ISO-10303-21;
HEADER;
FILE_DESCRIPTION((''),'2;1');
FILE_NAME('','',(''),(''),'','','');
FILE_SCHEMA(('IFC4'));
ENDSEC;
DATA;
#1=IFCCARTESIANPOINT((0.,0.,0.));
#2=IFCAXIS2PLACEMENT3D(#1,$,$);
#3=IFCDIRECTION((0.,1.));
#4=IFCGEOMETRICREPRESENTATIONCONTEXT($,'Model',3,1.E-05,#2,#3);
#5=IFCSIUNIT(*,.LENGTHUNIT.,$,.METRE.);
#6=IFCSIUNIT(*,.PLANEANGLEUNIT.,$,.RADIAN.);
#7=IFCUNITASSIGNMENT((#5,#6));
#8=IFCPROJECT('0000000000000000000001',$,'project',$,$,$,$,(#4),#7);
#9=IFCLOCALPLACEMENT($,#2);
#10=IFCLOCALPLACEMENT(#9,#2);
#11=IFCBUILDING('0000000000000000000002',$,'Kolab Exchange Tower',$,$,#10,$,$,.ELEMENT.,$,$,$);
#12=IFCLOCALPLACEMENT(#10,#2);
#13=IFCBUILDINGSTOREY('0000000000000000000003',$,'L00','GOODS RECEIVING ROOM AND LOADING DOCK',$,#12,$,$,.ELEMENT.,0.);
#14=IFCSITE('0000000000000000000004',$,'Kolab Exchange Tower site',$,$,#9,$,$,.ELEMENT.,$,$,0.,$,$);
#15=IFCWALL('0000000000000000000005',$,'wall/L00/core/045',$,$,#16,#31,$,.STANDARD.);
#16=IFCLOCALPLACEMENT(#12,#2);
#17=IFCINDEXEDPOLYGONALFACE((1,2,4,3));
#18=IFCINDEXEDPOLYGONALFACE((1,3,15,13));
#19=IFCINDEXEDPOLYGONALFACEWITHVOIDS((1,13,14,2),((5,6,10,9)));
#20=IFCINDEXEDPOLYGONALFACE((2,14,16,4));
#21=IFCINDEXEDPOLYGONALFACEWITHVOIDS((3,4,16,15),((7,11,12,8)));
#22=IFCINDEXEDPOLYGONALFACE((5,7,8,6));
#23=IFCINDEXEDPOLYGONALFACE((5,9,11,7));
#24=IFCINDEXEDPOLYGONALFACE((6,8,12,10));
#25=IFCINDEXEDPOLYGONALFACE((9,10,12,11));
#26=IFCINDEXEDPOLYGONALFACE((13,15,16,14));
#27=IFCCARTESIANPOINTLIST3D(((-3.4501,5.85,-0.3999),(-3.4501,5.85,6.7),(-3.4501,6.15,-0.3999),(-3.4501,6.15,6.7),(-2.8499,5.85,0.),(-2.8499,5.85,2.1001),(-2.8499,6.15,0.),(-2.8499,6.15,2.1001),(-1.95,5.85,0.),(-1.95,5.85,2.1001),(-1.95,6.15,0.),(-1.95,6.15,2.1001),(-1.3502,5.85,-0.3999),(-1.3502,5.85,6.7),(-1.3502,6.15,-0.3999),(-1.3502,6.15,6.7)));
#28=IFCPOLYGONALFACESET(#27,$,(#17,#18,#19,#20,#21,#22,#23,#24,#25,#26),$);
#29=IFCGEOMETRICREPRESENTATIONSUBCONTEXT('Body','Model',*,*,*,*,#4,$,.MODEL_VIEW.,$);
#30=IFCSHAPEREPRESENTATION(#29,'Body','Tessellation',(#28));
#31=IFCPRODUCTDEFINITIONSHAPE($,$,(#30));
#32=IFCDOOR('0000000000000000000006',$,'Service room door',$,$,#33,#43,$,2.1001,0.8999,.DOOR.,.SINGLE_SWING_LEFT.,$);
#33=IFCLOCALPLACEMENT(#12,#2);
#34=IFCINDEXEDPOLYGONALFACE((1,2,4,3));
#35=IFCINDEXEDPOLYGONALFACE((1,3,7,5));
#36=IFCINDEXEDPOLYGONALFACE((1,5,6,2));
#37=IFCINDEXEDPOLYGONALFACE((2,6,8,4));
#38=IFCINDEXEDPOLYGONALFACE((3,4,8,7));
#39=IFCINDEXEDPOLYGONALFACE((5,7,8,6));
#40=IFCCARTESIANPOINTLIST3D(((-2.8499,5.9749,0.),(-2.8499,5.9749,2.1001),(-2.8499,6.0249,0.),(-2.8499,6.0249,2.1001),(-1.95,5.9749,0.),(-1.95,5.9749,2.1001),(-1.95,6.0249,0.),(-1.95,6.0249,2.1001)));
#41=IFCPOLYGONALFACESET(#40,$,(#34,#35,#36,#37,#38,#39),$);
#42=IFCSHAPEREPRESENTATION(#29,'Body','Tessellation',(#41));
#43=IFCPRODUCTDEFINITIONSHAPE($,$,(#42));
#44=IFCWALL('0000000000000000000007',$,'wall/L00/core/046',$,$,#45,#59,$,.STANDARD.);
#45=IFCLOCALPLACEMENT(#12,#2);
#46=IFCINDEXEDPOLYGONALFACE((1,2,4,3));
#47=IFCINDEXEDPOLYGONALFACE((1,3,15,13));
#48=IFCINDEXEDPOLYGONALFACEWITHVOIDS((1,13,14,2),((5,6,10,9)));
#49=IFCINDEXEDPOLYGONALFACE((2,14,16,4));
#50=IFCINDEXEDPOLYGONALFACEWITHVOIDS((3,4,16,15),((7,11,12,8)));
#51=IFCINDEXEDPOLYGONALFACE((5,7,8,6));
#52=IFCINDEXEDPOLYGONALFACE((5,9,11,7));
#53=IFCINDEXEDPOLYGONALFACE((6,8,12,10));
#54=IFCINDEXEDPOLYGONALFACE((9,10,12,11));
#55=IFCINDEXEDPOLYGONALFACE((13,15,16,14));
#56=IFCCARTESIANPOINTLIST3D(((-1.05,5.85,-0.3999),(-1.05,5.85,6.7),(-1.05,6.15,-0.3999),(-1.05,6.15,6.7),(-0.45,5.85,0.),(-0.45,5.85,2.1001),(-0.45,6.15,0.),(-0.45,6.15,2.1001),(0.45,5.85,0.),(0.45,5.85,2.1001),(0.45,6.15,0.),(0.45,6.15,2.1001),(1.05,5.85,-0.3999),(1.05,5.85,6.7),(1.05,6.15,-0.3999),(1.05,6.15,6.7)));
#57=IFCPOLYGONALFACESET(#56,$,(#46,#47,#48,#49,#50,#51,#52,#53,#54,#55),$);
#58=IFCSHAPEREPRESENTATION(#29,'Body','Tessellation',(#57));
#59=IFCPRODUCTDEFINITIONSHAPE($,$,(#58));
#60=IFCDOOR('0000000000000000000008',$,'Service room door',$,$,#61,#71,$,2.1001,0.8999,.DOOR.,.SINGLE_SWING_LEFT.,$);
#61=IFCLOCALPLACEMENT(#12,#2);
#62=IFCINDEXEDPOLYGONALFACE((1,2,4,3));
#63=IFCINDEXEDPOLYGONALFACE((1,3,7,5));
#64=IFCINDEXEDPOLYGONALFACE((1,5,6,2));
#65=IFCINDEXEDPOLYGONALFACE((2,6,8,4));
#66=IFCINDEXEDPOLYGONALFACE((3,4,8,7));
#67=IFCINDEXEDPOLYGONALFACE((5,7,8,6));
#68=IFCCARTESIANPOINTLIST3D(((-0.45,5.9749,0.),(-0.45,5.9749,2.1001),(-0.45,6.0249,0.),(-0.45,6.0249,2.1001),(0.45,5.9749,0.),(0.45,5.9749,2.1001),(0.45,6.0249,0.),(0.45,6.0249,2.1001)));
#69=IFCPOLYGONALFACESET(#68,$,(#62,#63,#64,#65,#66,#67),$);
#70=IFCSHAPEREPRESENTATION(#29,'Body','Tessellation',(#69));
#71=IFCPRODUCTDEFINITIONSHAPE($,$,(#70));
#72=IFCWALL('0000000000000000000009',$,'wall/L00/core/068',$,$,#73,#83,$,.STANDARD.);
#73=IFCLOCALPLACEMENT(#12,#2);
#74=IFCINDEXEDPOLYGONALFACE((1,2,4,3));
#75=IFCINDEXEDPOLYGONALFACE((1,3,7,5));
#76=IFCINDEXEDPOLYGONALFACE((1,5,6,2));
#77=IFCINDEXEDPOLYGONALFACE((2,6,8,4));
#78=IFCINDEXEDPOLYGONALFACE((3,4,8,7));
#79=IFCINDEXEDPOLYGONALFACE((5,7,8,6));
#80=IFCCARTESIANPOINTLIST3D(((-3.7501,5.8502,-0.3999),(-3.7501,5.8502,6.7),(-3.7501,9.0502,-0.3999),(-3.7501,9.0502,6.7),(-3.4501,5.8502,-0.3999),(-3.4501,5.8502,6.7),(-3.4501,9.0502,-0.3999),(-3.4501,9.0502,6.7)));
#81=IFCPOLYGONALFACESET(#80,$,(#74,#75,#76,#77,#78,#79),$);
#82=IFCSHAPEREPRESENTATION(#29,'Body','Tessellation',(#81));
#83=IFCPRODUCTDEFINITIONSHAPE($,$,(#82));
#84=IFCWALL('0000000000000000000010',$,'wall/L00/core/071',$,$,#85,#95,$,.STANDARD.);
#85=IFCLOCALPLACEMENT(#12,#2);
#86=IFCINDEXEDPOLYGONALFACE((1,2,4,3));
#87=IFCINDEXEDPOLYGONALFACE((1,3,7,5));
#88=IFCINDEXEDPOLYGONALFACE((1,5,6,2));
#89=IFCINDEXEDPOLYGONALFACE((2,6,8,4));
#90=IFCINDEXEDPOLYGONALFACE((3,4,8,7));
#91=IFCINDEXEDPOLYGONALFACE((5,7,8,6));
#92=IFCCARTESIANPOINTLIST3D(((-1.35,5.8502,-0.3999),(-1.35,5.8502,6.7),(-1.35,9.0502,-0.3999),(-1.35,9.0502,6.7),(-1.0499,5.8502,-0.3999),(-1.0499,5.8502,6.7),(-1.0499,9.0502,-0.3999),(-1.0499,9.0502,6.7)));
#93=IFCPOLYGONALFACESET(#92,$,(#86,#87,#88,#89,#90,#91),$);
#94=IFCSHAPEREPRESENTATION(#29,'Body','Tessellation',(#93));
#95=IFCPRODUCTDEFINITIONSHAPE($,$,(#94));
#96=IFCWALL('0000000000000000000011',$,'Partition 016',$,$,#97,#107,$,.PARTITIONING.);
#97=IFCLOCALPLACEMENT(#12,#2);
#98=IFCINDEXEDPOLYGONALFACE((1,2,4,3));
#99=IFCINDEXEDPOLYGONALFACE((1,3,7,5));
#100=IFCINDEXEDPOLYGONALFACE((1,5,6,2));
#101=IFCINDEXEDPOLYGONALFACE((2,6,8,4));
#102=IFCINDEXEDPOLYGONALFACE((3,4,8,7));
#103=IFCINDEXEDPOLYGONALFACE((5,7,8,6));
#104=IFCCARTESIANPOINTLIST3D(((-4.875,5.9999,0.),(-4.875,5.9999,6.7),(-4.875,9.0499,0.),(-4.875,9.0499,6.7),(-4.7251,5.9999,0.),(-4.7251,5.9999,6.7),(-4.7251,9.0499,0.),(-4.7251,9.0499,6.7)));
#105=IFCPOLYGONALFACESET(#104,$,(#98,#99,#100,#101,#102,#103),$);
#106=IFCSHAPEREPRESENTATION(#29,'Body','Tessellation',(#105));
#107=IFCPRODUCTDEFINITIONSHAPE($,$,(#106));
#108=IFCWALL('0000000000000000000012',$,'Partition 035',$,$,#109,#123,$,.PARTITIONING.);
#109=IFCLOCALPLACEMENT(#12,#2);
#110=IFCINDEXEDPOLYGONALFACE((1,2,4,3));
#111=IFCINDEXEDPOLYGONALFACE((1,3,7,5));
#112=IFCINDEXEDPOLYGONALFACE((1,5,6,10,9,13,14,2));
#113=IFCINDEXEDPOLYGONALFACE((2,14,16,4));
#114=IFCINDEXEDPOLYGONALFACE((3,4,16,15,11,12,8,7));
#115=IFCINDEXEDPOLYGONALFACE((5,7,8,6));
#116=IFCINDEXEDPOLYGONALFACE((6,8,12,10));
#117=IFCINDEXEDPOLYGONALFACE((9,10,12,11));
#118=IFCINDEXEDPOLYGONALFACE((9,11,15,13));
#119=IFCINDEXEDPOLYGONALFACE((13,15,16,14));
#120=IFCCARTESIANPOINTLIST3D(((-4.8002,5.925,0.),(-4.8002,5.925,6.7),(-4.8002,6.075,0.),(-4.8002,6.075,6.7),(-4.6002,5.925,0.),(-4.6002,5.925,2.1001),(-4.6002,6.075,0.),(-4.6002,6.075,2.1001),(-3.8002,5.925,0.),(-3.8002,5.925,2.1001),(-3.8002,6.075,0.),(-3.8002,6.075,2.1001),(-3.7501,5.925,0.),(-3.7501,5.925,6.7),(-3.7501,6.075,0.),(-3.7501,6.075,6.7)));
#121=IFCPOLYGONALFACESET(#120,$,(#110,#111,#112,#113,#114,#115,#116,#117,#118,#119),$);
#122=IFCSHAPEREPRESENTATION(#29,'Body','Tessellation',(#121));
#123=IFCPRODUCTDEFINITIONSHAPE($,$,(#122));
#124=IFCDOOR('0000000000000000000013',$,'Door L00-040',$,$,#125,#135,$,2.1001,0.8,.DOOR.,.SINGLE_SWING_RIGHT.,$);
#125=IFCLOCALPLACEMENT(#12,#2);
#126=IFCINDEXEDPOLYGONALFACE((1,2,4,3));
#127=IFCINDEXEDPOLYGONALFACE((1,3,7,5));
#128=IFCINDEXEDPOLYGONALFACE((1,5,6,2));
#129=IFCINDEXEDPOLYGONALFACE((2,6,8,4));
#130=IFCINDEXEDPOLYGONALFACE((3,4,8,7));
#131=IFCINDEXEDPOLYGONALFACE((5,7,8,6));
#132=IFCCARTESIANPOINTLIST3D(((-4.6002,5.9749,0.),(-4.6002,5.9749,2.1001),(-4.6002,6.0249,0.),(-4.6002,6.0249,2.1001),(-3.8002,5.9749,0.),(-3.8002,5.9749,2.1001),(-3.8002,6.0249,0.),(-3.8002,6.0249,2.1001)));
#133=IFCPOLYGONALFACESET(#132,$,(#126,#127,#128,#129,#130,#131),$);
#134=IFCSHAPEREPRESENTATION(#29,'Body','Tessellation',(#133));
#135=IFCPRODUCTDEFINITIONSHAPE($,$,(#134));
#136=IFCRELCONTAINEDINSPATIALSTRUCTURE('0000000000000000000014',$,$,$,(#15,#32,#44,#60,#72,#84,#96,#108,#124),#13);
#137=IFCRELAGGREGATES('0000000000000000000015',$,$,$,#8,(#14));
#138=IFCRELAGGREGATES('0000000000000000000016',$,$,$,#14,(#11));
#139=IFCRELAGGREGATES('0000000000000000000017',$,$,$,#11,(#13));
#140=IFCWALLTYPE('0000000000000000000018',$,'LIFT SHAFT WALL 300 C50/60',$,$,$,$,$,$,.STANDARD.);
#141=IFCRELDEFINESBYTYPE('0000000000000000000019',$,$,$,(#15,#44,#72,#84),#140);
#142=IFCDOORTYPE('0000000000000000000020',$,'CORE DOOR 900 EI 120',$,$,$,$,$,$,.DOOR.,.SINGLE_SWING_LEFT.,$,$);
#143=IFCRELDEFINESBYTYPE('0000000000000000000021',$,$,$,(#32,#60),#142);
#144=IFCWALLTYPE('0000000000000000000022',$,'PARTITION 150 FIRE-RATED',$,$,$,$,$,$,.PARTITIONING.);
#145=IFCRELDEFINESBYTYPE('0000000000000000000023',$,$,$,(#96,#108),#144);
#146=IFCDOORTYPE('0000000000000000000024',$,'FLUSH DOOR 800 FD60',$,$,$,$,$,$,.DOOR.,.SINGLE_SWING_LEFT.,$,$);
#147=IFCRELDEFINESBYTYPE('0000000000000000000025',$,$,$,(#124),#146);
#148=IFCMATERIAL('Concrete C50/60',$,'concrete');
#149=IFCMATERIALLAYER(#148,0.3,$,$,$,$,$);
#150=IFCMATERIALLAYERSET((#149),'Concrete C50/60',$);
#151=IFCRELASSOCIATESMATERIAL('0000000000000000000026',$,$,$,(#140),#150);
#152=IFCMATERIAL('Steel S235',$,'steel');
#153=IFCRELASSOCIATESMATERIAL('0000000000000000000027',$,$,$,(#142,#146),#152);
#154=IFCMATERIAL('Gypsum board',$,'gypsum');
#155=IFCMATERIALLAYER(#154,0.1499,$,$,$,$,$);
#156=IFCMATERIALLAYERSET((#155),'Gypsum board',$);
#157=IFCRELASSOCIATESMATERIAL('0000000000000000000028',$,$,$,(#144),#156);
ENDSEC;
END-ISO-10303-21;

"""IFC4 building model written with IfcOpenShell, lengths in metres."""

from ifc_helpers import new_model, si_unit, direction, frame, frame_2d, origin, place, context, subcontext, project, spatial, rectangle, extrude, material, layer, layer_set, type_object, element, fill, save


model = new_model("IFC4")

# Units and contexts
model_context = context("Model", 3, precision=1e-05, world=origin(), true_north=direction((0.0, 1.0)))
body_context = subcontext(model_context, "Body", "Model", "MODEL_VIEW")
ifc_project = project(units=[si_unit("LENGTHUNIT", "METRE"), si_unit("PLANEANGLEUNIT", "RADIAN")], contexts=[model_context])

# Site, building, storey
site_placement = place(None, origin())
site = spatial("IfcSite", under=ifc_project, at=site_placement, Name="Kolab Exchange Tower site", CompositionType="ELEMENT", RefElevation=0.0)
building_placement = place(site_placement, origin())
building = spatial("IfcBuilding", under=site, at=building_placement, Name="Kolab Exchange Tower", CompositionType="ELEMENT")
storey_placement = place(building_placement, origin())
storey = spatial("IfcBuildingStorey", under=building, at=storey_placement, Name="L00", Description="GOODS RECEIVING ROOM AND LOADING DOCK", CompositionType="ELEMENT", Elevation=0.0)

# Shared definitions
ifc_material_1 = material(Name="Concrete C50/60", Category="concrete")
ifc_layer_1 = layer(ifc_material_1, 0.3)
ifc_layer_set_1 = layer_set([ifc_layer_1], Name="Concrete C50/60")
wall_type_1 = type_object("IfcWallType", Name="LIFT SHAFT WALL 300 C50/60", PredefinedType="STANDARD", material=ifc_layer_set_1)

# Walls, openings, doors
wall_1_placement = place(storey_placement, frame((-3.45, 6.0, -0.3999), z_axis=(0.0, 0.0, 1.0), x_axis=(1.0, 0.0, 0.0)))
wall_1 = element("IfcWall", 1, at=wall_1_placement, inside=storey, type_object=wall_type_1, Name="wall/L00/core/045", PredefinedType="STANDARD", context=body_context, shape_type="SweptSolid", body=[
    extrude(rectangle(XDim=2.0999, YDim=0.3, at=frame_2d((1.0498, 0.0))), origin(), (0.0, 0.0, 1.0), 7.0999),
])
opening_1_placement = place(wall_1_placement, frame((0.6001, 0.0, 0.3999)))
opening_1 = element("IfcOpeningElement", 2, at=opening_1_placement, cuts=wall_1, PredefinedType="OPENING", context=body_context, shape_type="SweptSolid", body=[
    extrude(rectangle(XDim=0.8999, YDim=2.1001, at=frame_2d((0.45, 1.05))), frame((0.0, 0.1602, 0.0), z_axis=(0.0, -1.0, 0.0), x_axis=(1.0, 0.0, 0.0)), (0.0, 0.0, 1.0), 0.3201),
])
ifc_material_2 = material(Name="Steel S235", Category="steel")
door_type_1 = type_object("IfcDoorType", Name="CORE DOOR 900 EI 120", OperationType="SINGLE_SWING_LEFT", PredefinedType="DOOR", material=ifc_material_2)
door_1_placement = place(opening_1_placement, origin())
door_1 = element("IfcDoor", 3, at=door_1_placement, inside=storey, type_object=door_type_1, Name="Service room door", OperationType="SINGLE_SWING_LEFT", OverallHeight=2.1001, OverallWidth=0.8999, PredefinedType="DOOR", context=body_context, shape_type="SweptSolid", body=[
    extrude(rectangle(XDim=0.8999, YDim=2.1001, at=frame_2d((0.45, 1.05))), frame((0.0, 0.0249, 0.0), z_axis=(0.0, -1.0, 0.0), x_axis=(1.0, 0.0, 0.0)), (0.0, 0.0, 1.0), 0.05),
])
fill(opening_1, door_1)
wall_2_placement = place(storey_placement, frame((-1.05, 6.0, -0.3999), z_axis=(0.0, 0.0, 1.0), x_axis=(1.0, 0.0, 0.0)))
wall_2 = element("IfcWall", 4, at=wall_2_placement, inside=storey, type_object=wall_type_1, Name="wall/L00/core/046", PredefinedType="STANDARD", context=body_context, shape_type="SweptSolid", body=[
    extrude(rectangle(XDim=2.1001, YDim=0.3, at=frame_2d((1.05, 0.0))), origin(), (0.0, 0.0, 1.0), 7.0999),
])
opening_2_placement = place(wall_2_placement, frame((0.6001, 0.0, 0.3999)))
opening_2 = element("IfcOpeningElement", 5, at=opening_2_placement, cuts=wall_2, PredefinedType="OPENING", context=body_context, shape_type="SweptSolid", body=[
    extrude(rectangle(XDim=0.8999, YDim=2.1001, at=frame_2d((0.45, 1.05))), frame((0.0, 0.1602, 0.0), z_axis=(0.0, -1.0, 0.0), x_axis=(1.0, 0.0, 0.0)), (0.0, 0.0, 1.0), 0.3201),
])
door_2_placement = place(opening_2_placement, origin())
door_2 = element("IfcDoor", 6, at=door_2_placement, inside=storey, type_object=door_type_1, Name="Service room door", OperationType="SINGLE_SWING_LEFT", OverallHeight=2.1001, OverallWidth=0.8999, PredefinedType="DOOR", context=body_context, shape_type="SweptSolid", body=[
    extrude(rectangle(XDim=0.8999, YDim=2.1001, at=frame_2d((0.45, 1.05))), frame((0.0, 0.0249, 0.0), z_axis=(0.0, -1.0, 0.0), x_axis=(1.0, 0.0, 0.0)), (0.0, 0.0, 1.0), 0.05),
])
fill(opening_2, door_2)

# Walls
for number, where, z_axis, x_axis, name in (
    (7, (-3.6001, 5.8501, -0.3999), (0.0, 0.0, 1.0), (0.0, 1.0, 0.0), "wall/L00/core/068"),
    (8, (-1.2, 5.8501, -0.3999), (0.0, 0.0, 1.0), (0.0, 1.0, 0.0), "wall/L00/core/071"),
):
    element("IfcWall", number, at=place(storey_placement, frame(where, z_axis=z_axis, x_axis=x_axis)), inside=storey, type_object=wall_type_1, Name=name, PredefinedType="STANDARD", context=body_context, shape_type="SweptSolid", body=[
        extrude(rectangle(XDim=3.2, YDim=0.3, at=frame_2d((1.6001, 0.0))), origin(), (0.0, 0.0, 1.0), 7.0999),
    ])
ifc_material_3 = material(Name="Gypsum board", Category="gypsum")
ifc_layer_2 = layer(ifc_material_3, 0.1499)
ifc_layer_set_2 = layer_set([ifc_layer_2], Name="Gypsum board")
wall_type_2 = type_object("IfcWallType", Name="PARTITION 150 FIRE-RATED", PredefinedType="PARTITIONING", material=ifc_layer_set_2)
wall_3_placement = place(storey_placement, frame((-4.8, 6.0, 0.0), z_axis=(0.0, 0.0, 1.0), x_axis=(0.0, 1.0, 0.0)))
element("IfcWall", 9, at=wall_3_placement, inside=storey, type_object=wall_type_2, Name="Partition 016", PredefinedType="PARTITIONING", context=body_context, shape_type="SweptSolid", body=[
    extrude(rectangle(XDim=3.05, YDim=0.1499, at=frame_2d((1.5249, 0.0))), origin(), (0.0, 0.0, 1.0), 6.7),
])

# Wall, opening, door
wall_4_placement = place(storey_placement, frame((-4.8, 6.0, 0.0), z_axis=(0.0, 0.0, 1.0), x_axis=(1.0, 0.0, 0.0)))
wall_4 = element("IfcWall", 10, at=wall_4_placement, inside=storey, type_object=wall_type_2, Name="Partition 035", PredefinedType="PARTITIONING", context=body_context, shape_type="SweptSolid", body=[
    extrude(rectangle(XDim=1.05, YDim=0.1499, at=frame_2d((0.5249, 0.0))), origin(), (0.0, 0.0, 1.0), 6.7),
])
opening_3_placement = place(wall_4_placement, frame((0.2, 0.0, 0.0)))
opening_3 = element("IfcOpeningElement", 11, at=opening_3_placement, cuts=wall_4, PredefinedType="OPENING", context=body_context, shape_type="SweptSolid", body=[
    extrude(rectangle(XDim=0.8, YDim=2.1001, at=frame_2d((0.3999, 1.05))), frame((0.0, 0.085, 0.0), z_axis=(0.0, -1.0, 0.0), x_axis=(1.0, 0.0, 0.0)), (0.0, 0.0, 1.0), 0.1699),
])
door_type_2 = type_object("IfcDoorType", Name="FLUSH DOOR 800 FD60", OperationType="SINGLE_SWING_LEFT", PredefinedType="DOOR", material=ifc_material_2)
door_3_placement = place(opening_3_placement, origin())
door_3 = element("IfcDoor", 12, at=door_3_placement, inside=storey, type_object=door_type_2, Name="Door L00-040", OperationType="SINGLE_SWING_RIGHT", OverallHeight=2.1001, OverallWidth=0.8, PredefinedType="DOOR", context=body_context, shape_type="SweptSolid", body=[
    extrude(rectangle(XDim=0.8, YDim=2.1001, at=frame_2d((0.3999, 1.05))), frame((0.0, 0.0249, 0.0), z_axis=(0.0, -1.0, 0.0), x_axis=(1.0, 0.0, 0.0)), (0.0, 0.0, 1.0), 0.05),
])
fill(opening_3, door_3)

save(model, "model.ifc")
